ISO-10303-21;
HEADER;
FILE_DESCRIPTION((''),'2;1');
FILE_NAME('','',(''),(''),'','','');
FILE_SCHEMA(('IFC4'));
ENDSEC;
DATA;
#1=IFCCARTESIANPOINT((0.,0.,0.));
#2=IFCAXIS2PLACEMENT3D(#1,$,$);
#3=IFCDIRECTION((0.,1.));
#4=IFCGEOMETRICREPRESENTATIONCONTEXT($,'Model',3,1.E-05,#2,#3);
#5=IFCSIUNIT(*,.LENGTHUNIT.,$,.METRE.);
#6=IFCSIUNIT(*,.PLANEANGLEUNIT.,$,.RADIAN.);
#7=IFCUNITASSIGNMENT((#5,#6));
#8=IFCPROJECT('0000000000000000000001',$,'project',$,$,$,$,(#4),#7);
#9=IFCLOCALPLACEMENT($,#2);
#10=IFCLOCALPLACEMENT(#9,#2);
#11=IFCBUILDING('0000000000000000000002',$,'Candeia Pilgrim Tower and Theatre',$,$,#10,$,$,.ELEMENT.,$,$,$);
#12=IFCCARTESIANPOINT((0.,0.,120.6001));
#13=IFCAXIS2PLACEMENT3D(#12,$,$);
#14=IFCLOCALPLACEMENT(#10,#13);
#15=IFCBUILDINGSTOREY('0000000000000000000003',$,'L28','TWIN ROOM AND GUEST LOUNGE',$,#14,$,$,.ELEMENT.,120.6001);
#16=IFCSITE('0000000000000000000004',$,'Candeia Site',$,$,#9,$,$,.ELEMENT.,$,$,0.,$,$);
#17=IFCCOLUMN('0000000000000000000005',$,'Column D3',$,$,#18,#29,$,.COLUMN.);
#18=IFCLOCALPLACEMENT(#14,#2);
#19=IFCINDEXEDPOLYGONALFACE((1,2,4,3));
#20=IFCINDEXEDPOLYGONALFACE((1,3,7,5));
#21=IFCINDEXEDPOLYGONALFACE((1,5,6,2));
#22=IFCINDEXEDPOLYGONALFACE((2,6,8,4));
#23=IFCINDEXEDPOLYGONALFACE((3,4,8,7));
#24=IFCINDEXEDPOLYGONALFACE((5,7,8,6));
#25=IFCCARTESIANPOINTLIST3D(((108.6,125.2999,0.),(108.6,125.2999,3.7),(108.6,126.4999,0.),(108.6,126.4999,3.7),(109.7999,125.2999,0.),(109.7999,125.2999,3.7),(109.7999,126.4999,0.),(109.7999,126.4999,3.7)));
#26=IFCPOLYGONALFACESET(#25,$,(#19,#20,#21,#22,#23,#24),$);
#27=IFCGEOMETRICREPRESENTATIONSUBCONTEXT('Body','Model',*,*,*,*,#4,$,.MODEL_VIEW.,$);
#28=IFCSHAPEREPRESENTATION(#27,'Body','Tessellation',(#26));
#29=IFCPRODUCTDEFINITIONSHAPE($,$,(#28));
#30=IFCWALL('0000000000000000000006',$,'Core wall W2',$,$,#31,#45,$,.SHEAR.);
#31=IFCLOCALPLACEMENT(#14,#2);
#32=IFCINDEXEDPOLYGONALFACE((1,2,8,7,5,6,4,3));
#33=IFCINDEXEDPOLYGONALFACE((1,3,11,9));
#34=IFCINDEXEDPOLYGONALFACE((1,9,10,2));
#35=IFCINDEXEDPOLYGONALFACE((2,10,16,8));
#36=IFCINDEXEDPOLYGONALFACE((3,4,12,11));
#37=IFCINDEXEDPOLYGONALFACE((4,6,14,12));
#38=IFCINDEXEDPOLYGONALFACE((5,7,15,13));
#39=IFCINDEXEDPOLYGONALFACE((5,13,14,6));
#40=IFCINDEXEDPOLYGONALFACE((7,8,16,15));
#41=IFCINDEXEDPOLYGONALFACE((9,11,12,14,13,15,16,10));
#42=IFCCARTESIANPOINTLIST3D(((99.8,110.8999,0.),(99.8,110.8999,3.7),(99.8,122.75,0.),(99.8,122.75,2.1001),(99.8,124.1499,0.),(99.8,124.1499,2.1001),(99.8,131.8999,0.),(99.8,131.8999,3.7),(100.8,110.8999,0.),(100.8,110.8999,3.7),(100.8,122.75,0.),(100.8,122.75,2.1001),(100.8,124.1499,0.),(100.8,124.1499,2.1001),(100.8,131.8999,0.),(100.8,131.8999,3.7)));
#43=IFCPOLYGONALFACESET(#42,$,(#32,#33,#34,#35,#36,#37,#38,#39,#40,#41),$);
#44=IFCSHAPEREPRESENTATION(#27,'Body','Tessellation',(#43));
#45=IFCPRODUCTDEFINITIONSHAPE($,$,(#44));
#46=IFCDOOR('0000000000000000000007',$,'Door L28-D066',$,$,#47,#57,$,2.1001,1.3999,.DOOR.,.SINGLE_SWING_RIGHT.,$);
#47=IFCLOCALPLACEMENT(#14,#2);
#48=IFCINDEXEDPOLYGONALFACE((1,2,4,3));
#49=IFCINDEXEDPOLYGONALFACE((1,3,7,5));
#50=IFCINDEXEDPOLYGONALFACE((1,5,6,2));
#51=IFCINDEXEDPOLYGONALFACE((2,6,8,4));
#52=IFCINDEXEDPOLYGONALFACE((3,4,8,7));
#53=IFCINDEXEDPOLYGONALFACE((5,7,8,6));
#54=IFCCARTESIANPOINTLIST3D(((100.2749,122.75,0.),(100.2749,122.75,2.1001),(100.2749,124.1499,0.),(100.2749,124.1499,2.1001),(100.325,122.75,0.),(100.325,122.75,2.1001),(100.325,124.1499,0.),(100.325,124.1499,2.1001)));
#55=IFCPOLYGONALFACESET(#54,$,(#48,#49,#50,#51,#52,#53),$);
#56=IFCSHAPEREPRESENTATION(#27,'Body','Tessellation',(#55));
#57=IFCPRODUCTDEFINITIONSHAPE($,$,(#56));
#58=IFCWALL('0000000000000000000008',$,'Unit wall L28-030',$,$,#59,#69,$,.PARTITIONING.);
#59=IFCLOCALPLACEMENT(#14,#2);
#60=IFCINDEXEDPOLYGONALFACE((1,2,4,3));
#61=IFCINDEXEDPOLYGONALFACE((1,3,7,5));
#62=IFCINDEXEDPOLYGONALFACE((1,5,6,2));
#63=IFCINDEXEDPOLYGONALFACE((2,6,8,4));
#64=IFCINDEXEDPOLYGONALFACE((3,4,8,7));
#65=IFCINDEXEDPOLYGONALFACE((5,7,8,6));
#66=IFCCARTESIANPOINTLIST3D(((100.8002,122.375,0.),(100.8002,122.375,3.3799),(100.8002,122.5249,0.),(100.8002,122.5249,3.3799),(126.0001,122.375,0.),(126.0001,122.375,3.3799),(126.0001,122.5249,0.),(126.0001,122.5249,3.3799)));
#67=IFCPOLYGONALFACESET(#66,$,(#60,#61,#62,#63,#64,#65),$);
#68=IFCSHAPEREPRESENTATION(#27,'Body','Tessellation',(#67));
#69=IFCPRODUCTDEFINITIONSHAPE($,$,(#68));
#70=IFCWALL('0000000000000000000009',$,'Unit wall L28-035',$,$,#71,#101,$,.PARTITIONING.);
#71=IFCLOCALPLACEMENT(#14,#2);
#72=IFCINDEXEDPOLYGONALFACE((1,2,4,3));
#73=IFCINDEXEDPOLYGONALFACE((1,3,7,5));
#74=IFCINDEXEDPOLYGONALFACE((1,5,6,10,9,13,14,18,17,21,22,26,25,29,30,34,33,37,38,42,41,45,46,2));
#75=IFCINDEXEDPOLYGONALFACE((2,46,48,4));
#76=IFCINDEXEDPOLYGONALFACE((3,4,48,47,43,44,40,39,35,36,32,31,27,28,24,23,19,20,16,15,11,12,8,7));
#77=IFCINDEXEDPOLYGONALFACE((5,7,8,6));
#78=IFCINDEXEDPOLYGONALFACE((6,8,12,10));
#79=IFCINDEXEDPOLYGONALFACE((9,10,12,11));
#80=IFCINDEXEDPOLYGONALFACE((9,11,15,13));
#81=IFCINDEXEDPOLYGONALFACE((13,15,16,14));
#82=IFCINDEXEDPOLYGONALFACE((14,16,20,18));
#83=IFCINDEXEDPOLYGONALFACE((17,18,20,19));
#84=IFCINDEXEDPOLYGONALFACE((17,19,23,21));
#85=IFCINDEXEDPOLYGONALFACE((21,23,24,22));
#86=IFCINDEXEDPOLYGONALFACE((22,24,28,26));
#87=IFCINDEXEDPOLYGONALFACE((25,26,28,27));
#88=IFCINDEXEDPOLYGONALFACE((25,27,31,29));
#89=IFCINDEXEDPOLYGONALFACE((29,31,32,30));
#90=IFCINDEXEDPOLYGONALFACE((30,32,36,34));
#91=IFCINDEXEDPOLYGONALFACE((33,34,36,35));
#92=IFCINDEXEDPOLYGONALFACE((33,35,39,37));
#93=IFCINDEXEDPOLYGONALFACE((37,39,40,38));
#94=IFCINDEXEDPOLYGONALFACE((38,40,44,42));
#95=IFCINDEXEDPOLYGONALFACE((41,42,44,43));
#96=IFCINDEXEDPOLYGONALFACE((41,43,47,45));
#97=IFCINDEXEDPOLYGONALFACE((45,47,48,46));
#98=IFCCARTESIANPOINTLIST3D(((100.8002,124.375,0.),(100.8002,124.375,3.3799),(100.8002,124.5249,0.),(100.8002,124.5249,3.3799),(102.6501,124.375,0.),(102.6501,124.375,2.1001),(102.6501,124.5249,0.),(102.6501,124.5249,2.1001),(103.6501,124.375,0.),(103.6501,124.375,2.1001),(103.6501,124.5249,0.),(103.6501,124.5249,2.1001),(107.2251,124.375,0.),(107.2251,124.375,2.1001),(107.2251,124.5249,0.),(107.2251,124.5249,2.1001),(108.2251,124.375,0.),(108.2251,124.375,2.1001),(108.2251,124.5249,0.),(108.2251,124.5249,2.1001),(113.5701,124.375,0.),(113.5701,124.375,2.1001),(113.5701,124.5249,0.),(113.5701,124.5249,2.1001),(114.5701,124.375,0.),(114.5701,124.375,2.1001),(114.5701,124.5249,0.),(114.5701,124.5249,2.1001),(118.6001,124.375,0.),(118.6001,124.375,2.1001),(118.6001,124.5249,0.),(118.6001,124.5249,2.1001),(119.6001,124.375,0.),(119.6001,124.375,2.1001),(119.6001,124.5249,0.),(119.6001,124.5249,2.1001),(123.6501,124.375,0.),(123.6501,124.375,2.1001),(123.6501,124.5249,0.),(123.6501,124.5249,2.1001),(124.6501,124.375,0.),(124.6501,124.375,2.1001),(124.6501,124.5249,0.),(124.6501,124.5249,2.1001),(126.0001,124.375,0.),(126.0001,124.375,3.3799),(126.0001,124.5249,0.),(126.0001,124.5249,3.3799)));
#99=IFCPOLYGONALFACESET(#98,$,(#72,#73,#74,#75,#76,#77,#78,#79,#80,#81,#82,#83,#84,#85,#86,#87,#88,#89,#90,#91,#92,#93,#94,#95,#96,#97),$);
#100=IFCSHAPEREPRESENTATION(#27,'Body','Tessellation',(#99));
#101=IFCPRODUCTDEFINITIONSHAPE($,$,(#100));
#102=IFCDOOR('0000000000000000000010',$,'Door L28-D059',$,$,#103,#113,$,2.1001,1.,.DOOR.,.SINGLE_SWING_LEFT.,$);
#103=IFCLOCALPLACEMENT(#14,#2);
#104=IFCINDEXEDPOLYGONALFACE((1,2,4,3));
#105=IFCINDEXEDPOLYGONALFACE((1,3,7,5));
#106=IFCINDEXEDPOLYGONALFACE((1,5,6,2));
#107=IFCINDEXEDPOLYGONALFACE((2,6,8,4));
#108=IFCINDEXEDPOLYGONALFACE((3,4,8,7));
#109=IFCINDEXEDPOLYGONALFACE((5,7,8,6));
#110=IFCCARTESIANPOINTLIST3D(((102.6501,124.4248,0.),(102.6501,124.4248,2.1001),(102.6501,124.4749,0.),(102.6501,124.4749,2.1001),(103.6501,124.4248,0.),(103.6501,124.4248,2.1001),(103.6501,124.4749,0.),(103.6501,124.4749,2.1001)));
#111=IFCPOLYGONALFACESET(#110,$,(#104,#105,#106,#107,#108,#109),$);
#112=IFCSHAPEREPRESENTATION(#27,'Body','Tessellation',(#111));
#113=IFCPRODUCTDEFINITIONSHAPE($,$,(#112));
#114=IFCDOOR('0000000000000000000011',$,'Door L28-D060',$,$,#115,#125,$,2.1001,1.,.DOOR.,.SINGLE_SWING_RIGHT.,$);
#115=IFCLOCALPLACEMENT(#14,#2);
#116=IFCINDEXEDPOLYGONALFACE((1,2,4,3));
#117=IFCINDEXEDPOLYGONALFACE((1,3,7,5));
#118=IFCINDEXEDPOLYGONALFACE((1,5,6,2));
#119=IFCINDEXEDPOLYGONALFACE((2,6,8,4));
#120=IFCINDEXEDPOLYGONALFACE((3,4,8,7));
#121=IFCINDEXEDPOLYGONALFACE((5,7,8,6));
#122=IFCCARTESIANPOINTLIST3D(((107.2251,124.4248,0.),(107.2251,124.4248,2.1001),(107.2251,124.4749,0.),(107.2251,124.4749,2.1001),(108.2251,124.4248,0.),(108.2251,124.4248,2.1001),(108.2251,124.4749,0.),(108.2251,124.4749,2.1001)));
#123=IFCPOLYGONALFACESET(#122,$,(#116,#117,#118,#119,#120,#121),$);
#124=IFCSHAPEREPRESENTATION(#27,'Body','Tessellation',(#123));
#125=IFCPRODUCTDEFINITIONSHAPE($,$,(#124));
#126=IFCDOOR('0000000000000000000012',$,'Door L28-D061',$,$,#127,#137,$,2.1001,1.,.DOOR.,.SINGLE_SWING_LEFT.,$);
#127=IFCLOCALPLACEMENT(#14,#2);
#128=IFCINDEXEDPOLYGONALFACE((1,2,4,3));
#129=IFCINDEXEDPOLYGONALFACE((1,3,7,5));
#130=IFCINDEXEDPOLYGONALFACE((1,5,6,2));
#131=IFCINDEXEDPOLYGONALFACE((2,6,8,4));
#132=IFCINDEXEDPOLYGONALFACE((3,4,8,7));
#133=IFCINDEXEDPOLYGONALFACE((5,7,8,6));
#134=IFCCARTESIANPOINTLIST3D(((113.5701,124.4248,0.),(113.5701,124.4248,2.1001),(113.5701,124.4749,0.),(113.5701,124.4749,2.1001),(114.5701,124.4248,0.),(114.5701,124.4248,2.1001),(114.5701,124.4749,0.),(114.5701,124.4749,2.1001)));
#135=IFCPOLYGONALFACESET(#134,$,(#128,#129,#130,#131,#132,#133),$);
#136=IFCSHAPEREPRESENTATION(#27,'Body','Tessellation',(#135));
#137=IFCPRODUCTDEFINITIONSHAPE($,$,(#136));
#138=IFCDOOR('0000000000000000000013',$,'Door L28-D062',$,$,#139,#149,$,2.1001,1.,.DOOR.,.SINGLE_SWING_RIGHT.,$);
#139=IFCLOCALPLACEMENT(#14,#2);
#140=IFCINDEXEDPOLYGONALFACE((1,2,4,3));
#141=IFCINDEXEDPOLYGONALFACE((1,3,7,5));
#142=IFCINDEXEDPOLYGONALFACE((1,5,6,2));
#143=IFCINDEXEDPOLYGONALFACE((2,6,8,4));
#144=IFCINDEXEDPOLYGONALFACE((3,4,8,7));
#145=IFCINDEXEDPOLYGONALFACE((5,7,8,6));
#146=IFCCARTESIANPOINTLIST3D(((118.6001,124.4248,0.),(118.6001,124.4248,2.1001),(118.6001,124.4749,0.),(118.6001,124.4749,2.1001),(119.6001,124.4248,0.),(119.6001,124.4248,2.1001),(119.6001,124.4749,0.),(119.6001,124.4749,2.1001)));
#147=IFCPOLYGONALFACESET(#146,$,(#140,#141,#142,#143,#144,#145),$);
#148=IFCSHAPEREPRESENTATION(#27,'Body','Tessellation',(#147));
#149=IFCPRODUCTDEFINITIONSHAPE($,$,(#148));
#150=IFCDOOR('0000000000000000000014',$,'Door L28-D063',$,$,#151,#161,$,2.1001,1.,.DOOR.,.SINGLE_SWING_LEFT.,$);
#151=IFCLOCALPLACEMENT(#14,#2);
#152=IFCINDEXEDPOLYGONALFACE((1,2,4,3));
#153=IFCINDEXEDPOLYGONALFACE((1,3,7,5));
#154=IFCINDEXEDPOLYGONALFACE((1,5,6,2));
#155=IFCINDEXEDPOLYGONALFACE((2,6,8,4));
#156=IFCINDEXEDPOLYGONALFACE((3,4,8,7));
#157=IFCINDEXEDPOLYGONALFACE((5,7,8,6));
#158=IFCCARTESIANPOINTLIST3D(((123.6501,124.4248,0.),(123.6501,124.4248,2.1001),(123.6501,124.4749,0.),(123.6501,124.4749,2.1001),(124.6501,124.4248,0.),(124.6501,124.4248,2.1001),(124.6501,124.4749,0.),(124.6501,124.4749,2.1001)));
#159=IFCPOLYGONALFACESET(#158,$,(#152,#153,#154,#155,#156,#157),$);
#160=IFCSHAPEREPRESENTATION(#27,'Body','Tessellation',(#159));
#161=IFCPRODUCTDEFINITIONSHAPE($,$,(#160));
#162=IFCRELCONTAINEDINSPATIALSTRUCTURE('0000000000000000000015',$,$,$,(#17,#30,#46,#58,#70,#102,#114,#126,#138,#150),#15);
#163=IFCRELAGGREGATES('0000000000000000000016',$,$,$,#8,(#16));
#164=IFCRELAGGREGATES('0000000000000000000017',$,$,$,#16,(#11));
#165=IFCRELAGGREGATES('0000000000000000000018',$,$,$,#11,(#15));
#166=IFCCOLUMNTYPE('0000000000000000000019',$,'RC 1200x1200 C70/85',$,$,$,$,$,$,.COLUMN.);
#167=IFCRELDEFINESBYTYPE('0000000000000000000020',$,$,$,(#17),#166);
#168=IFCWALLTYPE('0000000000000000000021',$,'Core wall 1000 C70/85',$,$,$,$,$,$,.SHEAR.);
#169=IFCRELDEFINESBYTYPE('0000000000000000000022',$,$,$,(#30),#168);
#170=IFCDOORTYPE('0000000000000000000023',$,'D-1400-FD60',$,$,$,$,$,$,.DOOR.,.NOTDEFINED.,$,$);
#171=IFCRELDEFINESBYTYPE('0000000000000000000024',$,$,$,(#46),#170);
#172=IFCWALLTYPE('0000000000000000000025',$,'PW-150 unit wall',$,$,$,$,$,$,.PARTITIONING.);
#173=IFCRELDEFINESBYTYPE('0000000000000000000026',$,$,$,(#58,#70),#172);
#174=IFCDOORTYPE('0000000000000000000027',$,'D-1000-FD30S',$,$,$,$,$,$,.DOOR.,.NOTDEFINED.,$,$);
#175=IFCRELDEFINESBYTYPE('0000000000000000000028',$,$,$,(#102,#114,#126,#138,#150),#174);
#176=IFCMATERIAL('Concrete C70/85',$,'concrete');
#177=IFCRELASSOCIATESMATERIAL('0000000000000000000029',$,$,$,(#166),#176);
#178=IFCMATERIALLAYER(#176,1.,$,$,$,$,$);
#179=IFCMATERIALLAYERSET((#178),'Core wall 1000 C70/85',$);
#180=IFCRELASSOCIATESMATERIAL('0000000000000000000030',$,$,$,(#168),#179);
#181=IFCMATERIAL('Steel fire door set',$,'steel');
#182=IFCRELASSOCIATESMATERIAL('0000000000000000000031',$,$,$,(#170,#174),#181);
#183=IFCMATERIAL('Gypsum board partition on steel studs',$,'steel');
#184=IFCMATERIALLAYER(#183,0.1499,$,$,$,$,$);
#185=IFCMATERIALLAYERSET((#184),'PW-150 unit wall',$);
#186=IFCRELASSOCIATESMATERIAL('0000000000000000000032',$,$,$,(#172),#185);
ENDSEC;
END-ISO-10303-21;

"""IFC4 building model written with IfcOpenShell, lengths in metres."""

from ifc_helpers import new_model, si_unit, direction, frame, frame_2d, origin, origin_2d, place, context, subcontext, project, spatial, rectangle, extrude, material, layer, layer_set, material_profile, profile_set, type_object, element, fill, save


model = new_model("IFC4")

# Units and contexts
model_context = context("Model", 3, precision=1e-05, world=origin(), true_north=direction((0.0, 1.0)))
body_context = subcontext(model_context, "Body", "Model", "MODEL_VIEW")
ifc_project = project(units=[si_unit("LENGTHUNIT", "METRE"), si_unit("PLANEANGLEUNIT", "RADIAN")], contexts=[model_context])

# Site, building, storey
site_placement = place(None, origin())
site = spatial("IfcSite", under=ifc_project, at=site_placement, Name="Candeia Site", CompositionType="ELEMENT", RefElevation=0.0)
building_placement = place(site_placement, origin())
building = spatial("IfcBuilding", under=site, at=building_placement, Name="Candeia Pilgrim Tower and Theatre", CompositionType="ELEMENT")
storey_placement = place(building_placement, frame((0.0, 0.0, 120.6001)))
storey = spatial("IfcBuildingStorey", under=building, at=storey_placement, Name="L28", Description="TWIN ROOM AND GUEST LOUNGE", CompositionType="ELEMENT", Elevation=120.6001)

# Column
ifc_material_1 = material(Name="Concrete C70/85", Category="concrete")
ifc_material_profile = material_profile(ifc_material_1, rectangle(XDim=1.2, YDim=1.2, at=origin_2d()))
ifc_profile_set = profile_set([ifc_material_profile], Name="Concrete C70/85")
column_type = type_object("IfcColumnType", Name="RC 1200x1200 C70/85", PredefinedType="COLUMN", material=ifc_profile_set)
column_placement = place(storey_placement, frame((109.2, 125.8999, 0.0), z_axis=(0.0, 0.0, 1.0), x_axis=(1.0, 0.0, 0.0)))
element("IfcColumn", 1, at=column_placement, inside=storey, type_object=column_type, Name="Column D3", PredefinedType="COLUMN", context=body_context, shape_type="SweptSolid", body=[
    extrude(rectangle(XDim=1.2, YDim=1.2, at=origin_2d()), origin(), (0.0, 0.0, 1.0), 3.7),
])

# Wall, opening, door
ifc_layer_1 = layer(ifc_material_1, 1.0)
ifc_layer_set_1 = layer_set([ifc_layer_1], Name="Core wall 1000 C70/85")
wall_type_1 = type_object("IfcWallType", Name="Core wall 1000 C70/85", PredefinedType="SHEAR", material=ifc_layer_set_1)
wall_1_placement = place(storey_placement, frame((100.3, 131.8999, 0.0), z_axis=(0.0, 0.0, 1.0), x_axis=(0.0, -1.0, 0.0)))
wall_1 = element("IfcWall", 2, at=wall_1_placement, inside=storey, type_object=wall_type_1, Name="Core wall W2", PredefinedType="SHEAR", context=body_context, shape_type="SweptSolid", body=[
    extrude(rectangle(XDim=21.0, YDim=1.0, at=frame_2d((10.5, 0.0))), origin(), (0.0, 0.0, 1.0), 3.7),
])
opening_1_placement = place(wall_1_placement, frame((7.75, 0.0, 0.0)))
opening_1 = element("IfcOpeningElement", 3, at=opening_1_placement, cuts=wall_1, PredefinedType="OPENING", context=body_context, shape_type="SweptSolid", body=[
    extrude(rectangle(XDim=1.3999, YDim=2.1001, at=frame_2d((0.7, 1.05))), frame((0.0, 0.51, 0.0), z_axis=(0.0, -1.0, 0.0), x_axis=(1.0, 0.0, 0.0)), (0.0, 0.0, 1.0), 1.02),
])
ifc_material_2 = material(Name="Steel fire door set", Category="steel")
door_type_1 = type_object("IfcDoorType", Name="D-1400-FD60", OperationType="NOTDEFINED", PredefinedType="DOOR", material=ifc_material_2)
door_1_placement = place(opening_1_placement, origin())
door_1 = element("IfcDoor", 4, at=door_1_placement, inside=storey, type_object=door_type_1, Name="Door L28-D066", OperationType="SINGLE_SWING_RIGHT", OverallHeight=2.1001, OverallWidth=1.3999, PredefinedType="DOOR", context=body_context, shape_type="SweptSolid", body=[
    extrude(rectangle(XDim=1.3999, YDim=2.1001, at=frame_2d((0.7, 1.05))), frame((0.0, 0.0249, 0.0), z_axis=(0.0, -1.0, 0.0), x_axis=(1.0, 0.0, 0.0)), (0.0, 0.0, 1.0), 0.05),
])
fill(opening_1, door_1)

# Wall
ifc_material_3 = material(Name="Gypsum board partition on steel studs", Category="steel")
ifc_layer_2 = layer(ifc_material_3, 0.1499)
ifc_layer_set_2 = layer_set([ifc_layer_2], Name="PW-150 unit wall")
wall_type_2 = type_object("IfcWallType", Name="PW-150 unit wall", PredefinedType="PARTITIONING", material=ifc_layer_set_2)
wall_2_placement = place(storey_placement, frame((100.8, 122.45, 0.0), z_axis=(0.0, 0.0, 1.0), x_axis=(1.0, 0.0, 0.0)))
element("IfcWall", 5, at=wall_2_placement, inside=storey, type_object=wall_type_2, Name="Unit wall L28-030", PredefinedType="PARTITIONING", context=body_context, shape_type="SweptSolid", body=[
    extrude(rectangle(XDim=25.2, YDim=0.1499, at=frame_2d((12.6001, 0.0))), origin(), (0.0, 0.0, 1.0), 3.3799),
])

# Wall, openings, doors
wall_3_placement = place(storey_placement, frame((100.8, 124.45, 0.0), z_axis=(0.0, 0.0, 1.0), x_axis=(1.0, 0.0, 0.0)))
wall_3 = element("IfcWall", 6, at=wall_3_placement, inside=storey, type_object=wall_type_2, Name="Unit wall L28-035", PredefinedType="PARTITIONING", context=body_context, shape_type="SweptSolid", body=[
    extrude(rectangle(XDim=25.2, YDim=0.1499, at=frame_2d((12.6001, 0.0))), origin(), (0.0, 0.0, 1.0), 3.3799),
])
opening_2_placement = place(wall_3_placement, frame((1.8501, 0.0, 0.0)))
opening_2 = element("IfcOpeningElement", 7, at=opening_2_placement, cuts=wall_3, PredefinedType="OPENING", context=body_context, shape_type="SweptSolid", body=[
    extrude(rectangle(XDim=1.0, YDim=2.1001, at=frame_2d((0.5, 1.05))), frame((0.0, 0.085, 0.0), z_axis=(0.0, -1.0, 0.0), x_axis=(1.0, 0.0, 0.0)), (0.0, 0.0, 1.0), 0.1699),
])
opening_3_placement = place(wall_3_placement, frame((6.425, 0.0, 0.0)))
opening_3 = element("IfcOpeningElement", 8, at=opening_3_placement, cuts=wall_3, PredefinedType="OPENING", context=body_context, shape_type="SweptSolid", body=[
    extrude(rectangle(XDim=1.0, YDim=2.1001, at=frame_2d((0.5, 1.05))), frame((0.0, 0.085, 0.0), z_axis=(0.0, -1.0, 0.0), x_axis=(1.0, 0.0, 0.0)), (0.0, 0.0, 1.0), 0.1699),
])
opening_4_placement = place(wall_3_placement, frame((12.77, 0.0, 0.0)))
opening_4 = element("IfcOpeningElement", 9, at=opening_4_placement, cuts=wall_3, PredefinedType="OPENING", context=body_context, shape_type="SweptSolid", body=[
    extrude(rectangle(XDim=1.0, YDim=2.1001, at=frame_2d((0.5, 1.05))), frame((0.0, 0.085, 0.0), z_axis=(0.0, -1.0, 0.0), x_axis=(1.0, 0.0, 0.0)), (0.0, 0.0, 1.0), 0.1699),
])
opening_5_placement = place(wall_3_placement, frame((17.8, 0.0, 0.0)))
opening_5 = element("IfcOpeningElement", 10, at=opening_5_placement, cuts=wall_3, PredefinedType="OPENING", context=body_context, shape_type="SweptSolid", body=[
    extrude(rectangle(XDim=1.0, YDim=2.1001, at=frame_2d((0.5, 1.05))), frame((0.0, 0.085, 0.0), z_axis=(0.0, -1.0, 0.0), x_axis=(1.0, 0.0, 0.0)), (0.0, 0.0, 1.0), 0.1699),
])
opening_6_placement = place(wall_3_placement, frame((22.8501, 0.0, 0.0)))
opening_6 = element("IfcOpeningElement", 11, at=opening_6_placement, cuts=wall_3, PredefinedType="OPENING", context=body_context, shape_type="SweptSolid", body=[
    extrude(rectangle(XDim=1.0, YDim=2.1001, at=frame_2d((0.5, 1.05))), frame((0.0, 0.085, 0.0), z_axis=(0.0, -1.0, 0.0), x_axis=(1.0, 0.0, 0.0)), (0.0, 0.0, 1.0), 0.1699),
])
door_type_2 = type_object("IfcDoorType", Name="D-1000-FD30S", OperationType="NOTDEFINED", PredefinedType="DOOR", material=ifc_material_2)
door_2_placement = place(opening_2_placement, origin())
door_2 = element("IfcDoor", 12, at=door_2_placement, inside=storey, type_object=door_type_2, Name="Door L28-D059", OperationType="SINGLE_SWING_LEFT", OverallHeight=2.1001, OverallWidth=1.0, PredefinedType="DOOR", context=body_context, shape_type="SweptSolid", body=[
    extrude(rectangle(XDim=1.0, YDim=2.1001, at=frame_2d((0.5, 1.05))), frame((0.0, 0.0249, 0.0), z_axis=(0.0, -1.0, 0.0), x_axis=(1.0, 0.0, 0.0)), (0.0, 0.0, 1.0), 0.05),
])
fill(opening_2, door_2)
door_3_placement = place(opening_3_placement, origin())
door_3 = element("IfcDoor", 13, at=door_3_placement, inside=storey, type_object=door_type_2, Name="Door L28-D060", OperationType="SINGLE_SWING_RIGHT", OverallHeight=2.1001, OverallWidth=1.0, PredefinedType="DOOR", context=body_context, shape_type="SweptSolid", body=[
    extrude(rectangle(XDim=1.0, YDim=2.1001, at=frame_2d((0.5, 1.05))), frame((0.0, 0.0249, 0.0), z_axis=(0.0, -1.0, 0.0), x_axis=(1.0, 0.0, 0.0)), (0.0, 0.0, 1.0), 0.05),
])
fill(opening_3, door_3)
door_4_placement = place(opening_4_placement, origin())
door_4 = element("IfcDoor", 14, at=door_4_placement, inside=storey, type_object=door_type_2, Name="Door L28-D061", OperationType="SINGLE_SWING_LEFT", OverallHeight=2.1001, OverallWidth=1.0, PredefinedType="DOOR", context=body_context, shape_type="SweptSolid", body=[
    extrude(rectangle(XDim=1.0, YDim=2.1001, at=frame_2d((0.5, 1.05))), frame((0.0, 0.0249, 0.0), z_axis=(0.0, -1.0, 0.0), x_axis=(1.0, 0.0, 0.0)), (0.0, 0.0, 1.0), 0.05),
])
fill(opening_4, door_4)
door_5_placement = place(opening_5_placement, origin())
door_5 = element("IfcDoor", 15, at=door_5_placement, inside=storey, type_object=door_type_2, Name="Door L28-D062", OperationType="SINGLE_SWING_RIGHT", OverallHeight=2.1001, OverallWidth=1.0, PredefinedType="DOOR", context=body_context, shape_type="SweptSolid", body=[
    extrude(rectangle(XDim=1.0, YDim=2.1001, at=frame_2d((0.5, 1.05))), frame((0.0, 0.0249, 0.0), z_axis=(0.0, -1.0, 0.0), x_axis=(1.0, 0.0, 0.0)), (0.0, 0.0, 1.0), 0.05),
])
fill(opening_5, door_5)
door_6_placement = place(opening_6_placement, origin())
door_6 = element("IfcDoor", 16, at=door_6_placement, inside=storey, type_object=door_type_2, Name="Door L28-D063", OperationType="SINGLE_SWING_LEFT", OverallHeight=2.1001, OverallWidth=1.0, PredefinedType="DOOR", context=body_context, shape_type="SweptSolid", body=[
    extrude(rectangle(XDim=1.0, YDim=2.1001, at=frame_2d((0.5, 1.05))), frame((0.0, 0.0249, 0.0), z_axis=(0.0, -1.0, 0.0), x_axis=(1.0, 0.0, 0.0)), (0.0, 0.0, 1.0), 0.05),
])
fill(opening_6, door_6)

save(model, "model.ifc")
